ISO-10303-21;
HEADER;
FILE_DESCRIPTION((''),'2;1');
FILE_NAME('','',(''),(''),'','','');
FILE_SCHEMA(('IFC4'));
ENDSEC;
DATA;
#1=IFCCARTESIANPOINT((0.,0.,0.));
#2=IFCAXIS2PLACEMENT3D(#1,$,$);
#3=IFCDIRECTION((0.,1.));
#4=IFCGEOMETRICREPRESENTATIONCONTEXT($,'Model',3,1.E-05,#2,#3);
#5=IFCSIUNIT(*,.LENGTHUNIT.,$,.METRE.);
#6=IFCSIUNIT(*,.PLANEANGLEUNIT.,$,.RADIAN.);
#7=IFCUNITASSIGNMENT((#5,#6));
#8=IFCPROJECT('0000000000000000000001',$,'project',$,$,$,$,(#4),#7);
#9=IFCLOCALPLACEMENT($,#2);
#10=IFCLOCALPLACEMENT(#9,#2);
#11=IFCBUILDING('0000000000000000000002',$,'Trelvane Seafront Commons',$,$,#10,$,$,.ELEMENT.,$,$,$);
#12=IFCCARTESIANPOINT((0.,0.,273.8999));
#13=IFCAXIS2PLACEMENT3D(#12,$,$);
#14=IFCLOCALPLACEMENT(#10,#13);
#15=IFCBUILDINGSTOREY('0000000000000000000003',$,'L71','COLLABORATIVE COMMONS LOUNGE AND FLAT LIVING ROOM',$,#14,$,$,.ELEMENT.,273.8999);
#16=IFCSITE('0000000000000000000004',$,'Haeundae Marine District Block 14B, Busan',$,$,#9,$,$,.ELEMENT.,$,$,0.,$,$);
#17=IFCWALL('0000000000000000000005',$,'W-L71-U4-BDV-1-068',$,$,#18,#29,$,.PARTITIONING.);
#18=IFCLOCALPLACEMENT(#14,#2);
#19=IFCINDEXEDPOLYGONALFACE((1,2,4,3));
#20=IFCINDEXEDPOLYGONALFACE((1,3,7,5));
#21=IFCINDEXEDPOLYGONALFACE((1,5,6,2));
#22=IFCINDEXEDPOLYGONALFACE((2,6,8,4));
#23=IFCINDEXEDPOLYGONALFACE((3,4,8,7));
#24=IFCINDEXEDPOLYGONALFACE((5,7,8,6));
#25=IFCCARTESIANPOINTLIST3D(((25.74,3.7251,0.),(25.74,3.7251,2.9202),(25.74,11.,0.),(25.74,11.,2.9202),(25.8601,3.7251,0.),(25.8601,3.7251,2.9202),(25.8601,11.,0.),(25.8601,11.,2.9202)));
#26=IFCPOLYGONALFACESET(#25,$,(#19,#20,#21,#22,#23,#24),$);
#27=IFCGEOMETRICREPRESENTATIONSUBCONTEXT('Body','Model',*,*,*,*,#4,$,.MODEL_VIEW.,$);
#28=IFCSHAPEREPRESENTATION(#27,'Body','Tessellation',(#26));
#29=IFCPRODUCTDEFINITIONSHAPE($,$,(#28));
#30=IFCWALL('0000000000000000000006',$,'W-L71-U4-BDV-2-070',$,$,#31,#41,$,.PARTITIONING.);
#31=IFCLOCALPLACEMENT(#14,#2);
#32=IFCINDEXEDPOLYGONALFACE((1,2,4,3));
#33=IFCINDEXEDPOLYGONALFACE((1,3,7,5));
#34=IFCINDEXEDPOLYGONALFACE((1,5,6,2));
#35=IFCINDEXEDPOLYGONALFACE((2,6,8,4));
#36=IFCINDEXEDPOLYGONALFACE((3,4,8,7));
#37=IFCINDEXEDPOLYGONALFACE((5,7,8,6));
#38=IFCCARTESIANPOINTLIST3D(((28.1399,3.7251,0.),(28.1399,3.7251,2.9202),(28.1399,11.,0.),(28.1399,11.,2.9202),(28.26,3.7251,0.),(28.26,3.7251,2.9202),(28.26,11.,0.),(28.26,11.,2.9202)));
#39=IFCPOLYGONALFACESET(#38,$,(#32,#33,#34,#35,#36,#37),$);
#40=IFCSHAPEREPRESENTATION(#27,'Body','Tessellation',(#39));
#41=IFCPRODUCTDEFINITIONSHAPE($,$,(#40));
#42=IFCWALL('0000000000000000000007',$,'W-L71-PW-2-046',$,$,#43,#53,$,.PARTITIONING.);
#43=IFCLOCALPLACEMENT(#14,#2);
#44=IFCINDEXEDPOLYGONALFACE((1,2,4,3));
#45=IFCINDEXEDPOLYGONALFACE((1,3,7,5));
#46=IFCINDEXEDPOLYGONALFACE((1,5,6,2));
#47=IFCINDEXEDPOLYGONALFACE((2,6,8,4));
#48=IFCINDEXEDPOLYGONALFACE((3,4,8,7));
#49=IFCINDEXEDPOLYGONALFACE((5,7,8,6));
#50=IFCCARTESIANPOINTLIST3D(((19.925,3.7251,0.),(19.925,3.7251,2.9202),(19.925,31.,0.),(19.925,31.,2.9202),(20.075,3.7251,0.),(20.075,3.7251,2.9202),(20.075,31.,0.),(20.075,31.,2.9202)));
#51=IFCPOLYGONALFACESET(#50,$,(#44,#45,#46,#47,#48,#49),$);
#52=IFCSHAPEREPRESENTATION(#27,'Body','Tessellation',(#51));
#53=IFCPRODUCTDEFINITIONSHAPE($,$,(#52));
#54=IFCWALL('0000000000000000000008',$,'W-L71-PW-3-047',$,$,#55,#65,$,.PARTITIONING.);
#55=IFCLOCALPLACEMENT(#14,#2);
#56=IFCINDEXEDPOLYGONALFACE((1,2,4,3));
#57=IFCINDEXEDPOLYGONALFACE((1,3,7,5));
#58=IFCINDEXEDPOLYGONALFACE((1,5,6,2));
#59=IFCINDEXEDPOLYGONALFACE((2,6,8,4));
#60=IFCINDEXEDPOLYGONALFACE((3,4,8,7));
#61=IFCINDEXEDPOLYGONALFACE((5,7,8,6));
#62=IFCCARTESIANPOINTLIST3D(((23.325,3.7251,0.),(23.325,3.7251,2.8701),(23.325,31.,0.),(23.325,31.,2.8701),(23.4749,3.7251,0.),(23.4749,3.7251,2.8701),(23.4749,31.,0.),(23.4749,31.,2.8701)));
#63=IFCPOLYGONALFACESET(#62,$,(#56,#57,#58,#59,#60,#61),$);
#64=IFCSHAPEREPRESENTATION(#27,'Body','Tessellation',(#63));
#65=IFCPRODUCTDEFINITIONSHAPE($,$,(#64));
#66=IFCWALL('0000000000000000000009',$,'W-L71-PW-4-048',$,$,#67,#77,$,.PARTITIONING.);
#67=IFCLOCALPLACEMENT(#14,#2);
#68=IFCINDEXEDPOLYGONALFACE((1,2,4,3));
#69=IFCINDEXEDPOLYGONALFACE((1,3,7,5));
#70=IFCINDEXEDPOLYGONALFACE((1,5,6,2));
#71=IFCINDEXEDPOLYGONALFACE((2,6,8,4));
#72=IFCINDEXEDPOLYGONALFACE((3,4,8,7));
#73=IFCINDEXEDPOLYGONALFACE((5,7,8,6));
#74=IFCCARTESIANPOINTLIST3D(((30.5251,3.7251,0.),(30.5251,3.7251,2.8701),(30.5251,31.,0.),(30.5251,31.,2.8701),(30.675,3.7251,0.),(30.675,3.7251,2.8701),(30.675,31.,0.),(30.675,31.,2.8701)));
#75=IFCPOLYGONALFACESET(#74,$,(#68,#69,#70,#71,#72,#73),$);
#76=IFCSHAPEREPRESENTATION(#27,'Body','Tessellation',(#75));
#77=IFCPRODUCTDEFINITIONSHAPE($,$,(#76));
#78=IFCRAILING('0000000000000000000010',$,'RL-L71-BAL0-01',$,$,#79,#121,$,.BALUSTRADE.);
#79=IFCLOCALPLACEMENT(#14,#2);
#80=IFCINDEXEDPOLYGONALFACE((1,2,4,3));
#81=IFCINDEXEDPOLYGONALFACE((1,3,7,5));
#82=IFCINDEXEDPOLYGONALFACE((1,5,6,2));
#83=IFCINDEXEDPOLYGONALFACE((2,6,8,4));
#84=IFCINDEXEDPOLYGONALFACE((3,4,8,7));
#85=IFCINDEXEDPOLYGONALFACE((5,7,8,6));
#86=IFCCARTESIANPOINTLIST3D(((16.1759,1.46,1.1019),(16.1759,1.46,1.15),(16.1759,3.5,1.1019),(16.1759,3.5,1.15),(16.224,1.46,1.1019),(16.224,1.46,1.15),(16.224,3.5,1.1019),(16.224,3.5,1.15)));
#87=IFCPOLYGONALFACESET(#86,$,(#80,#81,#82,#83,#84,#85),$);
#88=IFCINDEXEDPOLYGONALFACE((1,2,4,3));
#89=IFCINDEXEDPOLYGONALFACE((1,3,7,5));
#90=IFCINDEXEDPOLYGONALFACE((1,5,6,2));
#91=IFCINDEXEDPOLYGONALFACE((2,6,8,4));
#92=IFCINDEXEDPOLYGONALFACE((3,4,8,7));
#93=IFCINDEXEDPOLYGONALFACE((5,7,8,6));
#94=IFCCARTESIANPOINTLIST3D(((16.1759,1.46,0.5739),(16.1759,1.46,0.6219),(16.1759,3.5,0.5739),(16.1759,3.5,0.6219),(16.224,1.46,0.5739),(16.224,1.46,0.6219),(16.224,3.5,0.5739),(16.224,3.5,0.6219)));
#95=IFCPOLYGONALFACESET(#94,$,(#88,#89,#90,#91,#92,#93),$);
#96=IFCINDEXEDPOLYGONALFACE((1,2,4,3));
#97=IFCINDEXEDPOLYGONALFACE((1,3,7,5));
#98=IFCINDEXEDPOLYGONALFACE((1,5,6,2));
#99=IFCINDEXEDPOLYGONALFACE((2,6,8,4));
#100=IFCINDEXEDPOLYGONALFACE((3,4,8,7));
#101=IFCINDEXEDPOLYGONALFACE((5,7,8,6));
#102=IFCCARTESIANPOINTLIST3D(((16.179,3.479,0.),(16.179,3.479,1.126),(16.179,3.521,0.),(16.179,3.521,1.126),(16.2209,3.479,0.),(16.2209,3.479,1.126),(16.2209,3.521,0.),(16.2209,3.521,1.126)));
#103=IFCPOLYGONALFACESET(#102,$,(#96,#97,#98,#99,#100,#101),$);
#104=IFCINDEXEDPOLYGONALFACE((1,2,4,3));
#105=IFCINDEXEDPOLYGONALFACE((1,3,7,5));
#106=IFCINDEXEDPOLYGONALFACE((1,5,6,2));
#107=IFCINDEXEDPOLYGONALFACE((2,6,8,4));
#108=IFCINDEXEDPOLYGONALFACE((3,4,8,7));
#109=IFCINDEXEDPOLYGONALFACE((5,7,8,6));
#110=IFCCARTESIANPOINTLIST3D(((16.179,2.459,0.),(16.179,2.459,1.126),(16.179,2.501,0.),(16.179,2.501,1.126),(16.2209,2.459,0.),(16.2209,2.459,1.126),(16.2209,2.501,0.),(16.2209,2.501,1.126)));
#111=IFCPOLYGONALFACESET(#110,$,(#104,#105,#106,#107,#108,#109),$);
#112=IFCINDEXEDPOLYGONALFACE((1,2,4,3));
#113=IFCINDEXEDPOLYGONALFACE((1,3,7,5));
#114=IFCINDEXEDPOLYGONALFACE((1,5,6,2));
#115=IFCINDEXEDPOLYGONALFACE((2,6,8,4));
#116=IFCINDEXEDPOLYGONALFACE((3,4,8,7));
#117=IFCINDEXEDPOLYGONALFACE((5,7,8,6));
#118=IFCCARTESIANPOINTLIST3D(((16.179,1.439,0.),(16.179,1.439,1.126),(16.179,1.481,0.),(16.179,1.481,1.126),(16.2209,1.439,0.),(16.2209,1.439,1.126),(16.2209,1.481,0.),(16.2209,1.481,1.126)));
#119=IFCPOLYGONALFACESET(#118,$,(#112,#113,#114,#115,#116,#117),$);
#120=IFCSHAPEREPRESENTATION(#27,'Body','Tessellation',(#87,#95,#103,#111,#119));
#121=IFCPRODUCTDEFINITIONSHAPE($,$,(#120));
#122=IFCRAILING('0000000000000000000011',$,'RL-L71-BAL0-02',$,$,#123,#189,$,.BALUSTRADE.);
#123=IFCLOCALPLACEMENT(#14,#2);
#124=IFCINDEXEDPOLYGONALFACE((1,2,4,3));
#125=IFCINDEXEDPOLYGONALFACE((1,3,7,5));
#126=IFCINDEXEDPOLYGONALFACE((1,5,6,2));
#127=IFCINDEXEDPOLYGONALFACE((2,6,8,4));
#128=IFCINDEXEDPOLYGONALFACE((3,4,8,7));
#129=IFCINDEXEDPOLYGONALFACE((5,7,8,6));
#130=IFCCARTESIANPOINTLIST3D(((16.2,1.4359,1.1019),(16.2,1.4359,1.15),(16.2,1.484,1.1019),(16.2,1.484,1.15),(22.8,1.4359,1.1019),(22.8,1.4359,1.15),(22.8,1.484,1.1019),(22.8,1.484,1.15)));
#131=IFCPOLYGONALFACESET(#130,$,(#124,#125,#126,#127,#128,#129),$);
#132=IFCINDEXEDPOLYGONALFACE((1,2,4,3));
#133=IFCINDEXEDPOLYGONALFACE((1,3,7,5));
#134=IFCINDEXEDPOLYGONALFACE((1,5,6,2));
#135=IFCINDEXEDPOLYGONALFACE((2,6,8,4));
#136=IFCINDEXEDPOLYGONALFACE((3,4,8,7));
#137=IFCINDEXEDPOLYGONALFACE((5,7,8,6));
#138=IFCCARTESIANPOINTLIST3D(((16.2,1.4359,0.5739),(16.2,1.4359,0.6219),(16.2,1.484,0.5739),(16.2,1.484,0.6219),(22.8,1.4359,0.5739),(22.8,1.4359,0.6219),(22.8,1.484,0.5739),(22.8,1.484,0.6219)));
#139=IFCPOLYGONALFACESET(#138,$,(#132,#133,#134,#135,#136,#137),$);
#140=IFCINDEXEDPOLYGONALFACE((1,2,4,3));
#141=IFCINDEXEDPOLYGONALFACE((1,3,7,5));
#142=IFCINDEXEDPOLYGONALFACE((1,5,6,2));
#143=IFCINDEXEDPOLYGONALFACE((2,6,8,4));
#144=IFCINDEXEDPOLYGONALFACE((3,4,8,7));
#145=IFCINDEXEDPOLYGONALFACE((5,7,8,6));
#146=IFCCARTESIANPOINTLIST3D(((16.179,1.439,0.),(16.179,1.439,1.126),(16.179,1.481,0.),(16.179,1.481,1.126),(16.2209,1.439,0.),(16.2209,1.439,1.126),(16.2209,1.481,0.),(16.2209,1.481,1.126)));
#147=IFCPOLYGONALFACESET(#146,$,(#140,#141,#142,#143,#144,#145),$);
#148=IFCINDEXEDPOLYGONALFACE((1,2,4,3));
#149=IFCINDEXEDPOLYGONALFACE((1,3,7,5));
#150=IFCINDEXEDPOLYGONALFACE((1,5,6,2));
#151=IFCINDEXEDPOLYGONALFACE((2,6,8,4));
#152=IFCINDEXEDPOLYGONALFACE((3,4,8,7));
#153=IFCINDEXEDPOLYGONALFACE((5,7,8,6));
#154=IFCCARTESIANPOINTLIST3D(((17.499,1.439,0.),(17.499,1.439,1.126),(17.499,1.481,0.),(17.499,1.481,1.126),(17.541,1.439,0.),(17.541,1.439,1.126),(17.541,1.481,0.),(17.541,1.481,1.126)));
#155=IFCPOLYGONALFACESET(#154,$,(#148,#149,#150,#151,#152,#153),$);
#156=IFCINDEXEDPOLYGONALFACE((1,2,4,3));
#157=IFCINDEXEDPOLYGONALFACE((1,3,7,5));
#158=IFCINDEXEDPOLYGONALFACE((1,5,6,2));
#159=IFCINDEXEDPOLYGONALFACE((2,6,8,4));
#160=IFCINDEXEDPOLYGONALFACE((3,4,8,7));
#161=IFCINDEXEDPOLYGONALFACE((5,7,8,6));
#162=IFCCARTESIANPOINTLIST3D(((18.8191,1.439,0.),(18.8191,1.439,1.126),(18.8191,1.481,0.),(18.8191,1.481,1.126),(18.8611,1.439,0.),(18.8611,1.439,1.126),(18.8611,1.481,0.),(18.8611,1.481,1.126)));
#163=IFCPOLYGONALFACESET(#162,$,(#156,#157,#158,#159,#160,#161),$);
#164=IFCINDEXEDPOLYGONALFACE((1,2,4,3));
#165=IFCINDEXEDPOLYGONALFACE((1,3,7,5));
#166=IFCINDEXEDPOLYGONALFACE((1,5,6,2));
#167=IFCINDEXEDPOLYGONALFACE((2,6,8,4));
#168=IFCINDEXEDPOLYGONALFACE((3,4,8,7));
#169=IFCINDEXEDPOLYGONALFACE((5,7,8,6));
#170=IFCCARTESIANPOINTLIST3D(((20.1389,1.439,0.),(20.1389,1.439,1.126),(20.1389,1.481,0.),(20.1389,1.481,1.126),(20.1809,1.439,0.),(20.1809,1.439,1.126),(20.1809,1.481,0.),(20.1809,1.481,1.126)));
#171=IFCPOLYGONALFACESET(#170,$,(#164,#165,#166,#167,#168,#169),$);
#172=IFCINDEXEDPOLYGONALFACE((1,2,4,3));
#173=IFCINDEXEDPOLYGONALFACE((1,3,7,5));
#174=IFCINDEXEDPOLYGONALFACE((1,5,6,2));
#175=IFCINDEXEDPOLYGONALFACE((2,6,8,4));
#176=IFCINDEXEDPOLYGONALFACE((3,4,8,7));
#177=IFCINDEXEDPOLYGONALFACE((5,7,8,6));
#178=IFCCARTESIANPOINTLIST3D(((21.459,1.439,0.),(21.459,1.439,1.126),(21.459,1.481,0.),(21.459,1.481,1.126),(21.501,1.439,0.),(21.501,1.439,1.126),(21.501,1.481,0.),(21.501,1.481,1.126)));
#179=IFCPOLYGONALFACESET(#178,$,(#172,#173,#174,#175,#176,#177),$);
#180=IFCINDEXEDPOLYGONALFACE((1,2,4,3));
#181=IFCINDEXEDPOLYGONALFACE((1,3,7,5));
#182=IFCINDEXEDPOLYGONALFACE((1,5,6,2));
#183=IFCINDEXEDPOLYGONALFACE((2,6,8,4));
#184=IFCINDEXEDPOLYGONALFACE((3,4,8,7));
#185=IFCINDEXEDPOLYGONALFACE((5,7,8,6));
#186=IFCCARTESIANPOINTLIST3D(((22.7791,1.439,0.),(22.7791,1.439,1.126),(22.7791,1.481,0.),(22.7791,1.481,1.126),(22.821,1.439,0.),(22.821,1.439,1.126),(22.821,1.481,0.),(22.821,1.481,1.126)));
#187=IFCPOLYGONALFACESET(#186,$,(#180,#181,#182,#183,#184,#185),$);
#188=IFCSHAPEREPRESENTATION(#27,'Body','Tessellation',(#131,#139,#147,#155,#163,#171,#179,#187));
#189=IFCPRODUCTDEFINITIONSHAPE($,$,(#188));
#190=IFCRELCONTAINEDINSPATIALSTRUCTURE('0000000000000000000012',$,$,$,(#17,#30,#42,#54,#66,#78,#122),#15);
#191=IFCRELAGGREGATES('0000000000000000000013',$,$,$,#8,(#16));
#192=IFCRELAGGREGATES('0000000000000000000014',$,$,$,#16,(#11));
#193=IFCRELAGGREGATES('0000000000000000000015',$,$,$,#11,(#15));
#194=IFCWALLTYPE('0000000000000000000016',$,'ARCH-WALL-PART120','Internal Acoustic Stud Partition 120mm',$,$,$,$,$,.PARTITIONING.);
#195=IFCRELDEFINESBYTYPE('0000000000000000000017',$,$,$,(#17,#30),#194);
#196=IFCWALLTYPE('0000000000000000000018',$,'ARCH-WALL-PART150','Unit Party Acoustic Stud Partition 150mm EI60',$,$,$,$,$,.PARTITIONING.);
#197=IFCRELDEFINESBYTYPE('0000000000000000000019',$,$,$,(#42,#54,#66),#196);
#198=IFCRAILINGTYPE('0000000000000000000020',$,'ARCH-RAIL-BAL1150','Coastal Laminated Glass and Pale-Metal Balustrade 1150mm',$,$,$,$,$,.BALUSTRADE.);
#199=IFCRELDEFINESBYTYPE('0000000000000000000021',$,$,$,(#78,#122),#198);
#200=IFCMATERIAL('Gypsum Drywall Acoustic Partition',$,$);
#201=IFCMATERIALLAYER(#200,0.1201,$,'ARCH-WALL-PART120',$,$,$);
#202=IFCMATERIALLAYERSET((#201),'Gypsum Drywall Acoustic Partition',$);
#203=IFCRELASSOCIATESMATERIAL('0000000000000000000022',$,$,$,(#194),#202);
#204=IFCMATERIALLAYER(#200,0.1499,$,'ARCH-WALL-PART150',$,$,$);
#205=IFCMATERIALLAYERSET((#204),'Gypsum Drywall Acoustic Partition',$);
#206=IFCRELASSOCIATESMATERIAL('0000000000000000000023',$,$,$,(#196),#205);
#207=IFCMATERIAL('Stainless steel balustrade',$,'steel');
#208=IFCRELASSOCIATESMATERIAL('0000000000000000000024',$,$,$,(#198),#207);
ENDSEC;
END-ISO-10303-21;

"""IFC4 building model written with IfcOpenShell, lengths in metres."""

from ifc_helpers import new_model, si_unit, direction, frame, frame_2d, origin, origin_2d, place, context, subcontext, project, spatial, rectangle, extrude, material, layer, layer_set, type_object, element, save


model = new_model("IFC4")

# Units and contexts
model_context = context("Model", 3, precision=1e-05, world=origin(), true_north=direction((0.0, 1.0)))
body_context = subcontext(model_context, "Body", "Model", "MODEL_VIEW")
ifc_project = project(units=[si_unit("LENGTHUNIT", "METRE"), si_unit("PLANEANGLEUNIT", "RADIAN")], contexts=[model_context])

# Site, building, storey
site_placement = place(None, origin())
site = spatial("IfcSite", under=ifc_project, at=site_placement, Name="Haeundae Marine District Block 14B, Busan", CompositionType="ELEMENT", RefElevation=0.0)
building_placement = place(site_placement, origin())
building = spatial("IfcBuilding", under=site, at=building_placement, Name="Trelvane Seafront Commons", CompositionType="ELEMENT")
storey_placement = place(building_placement, frame((0.0, 0.0, 273.8999)))
storey = spatial("IfcBuildingStorey", under=building, at=storey_placement, Name="L71", Description="COLLABORATIVE COMMONS LOUNGE AND FLAT LIVING ROOM", CompositionType="ELEMENT", Elevation=273.8999)

# Shared definitions
ifc_material_1 = material(Name="Gypsum Drywall Acoustic Partition")
ifc_layer_1 = layer(ifc_material_1, 0.1201, Name="ARCH-WALL-PART120")
ifc_layer_set_1 = layer_set([ifc_layer_1], Name="Gypsum Drywall Acoustic Partition")
wall_type_1 = type_object("IfcWallType", Name="ARCH-WALL-PART120", Description="Internal Acoustic Stud Partition 120mm", PredefinedType="PARTITIONING", material=ifc_layer_set_1)

# Wall
wall_1_placement = place(storey_placement, frame((25.8, 3.7251, 0.0), z_axis=(0.0, 0.0, 1.0), x_axis=(0.0, 1.0, 0.0)))
element("IfcWall", 1, at=wall_1_placement, inside=storey, type_object=wall_type_1, Name="W-L71-U4-BDV-1-068", PredefinedType="PARTITIONING", context=body_context, shape_type="SweptSolid", body=[
    extrude(rectangle(XDim=7.2749, YDim=0.1201, at=frame_2d((3.6375, 0.0))), origin(), (0.0, 0.0, 1.0), 2.9202),
])

# Walls
wall_2_placement = place(storey_placement, frame((28.2, 3.7251, 0.0), z_axis=(0.0, 0.0, 1.0), x_axis=(0.0, 1.0, 0.0)))
element("IfcWall", 2, at=wall_2_placement, inside=storey, type_object=wall_type_1, Name="W-L71-U4-BDV-2-070", PredefinedType="PARTITIONING", context=body_context, shape_type="SweptSolid", body=[
    extrude(rectangle(XDim=7.2749, YDim=0.1201, at=frame_2d((3.6375, 0.0))), origin(), (0.0, 0.0, 1.0), 2.9202),
])
ifc_layer_2 = layer(ifc_material_1, 0.1499, Name="ARCH-WALL-PART150")
ifc_layer_set_2 = layer_set([ifc_layer_2], Name="Gypsum Drywall Acoustic Partition")
wall_type_2 = type_object("IfcWallType", Name="ARCH-WALL-PART150", Description="Unit Party Acoustic Stud Partition 150mm EI60", PredefinedType="PARTITIONING", material=ifc_layer_set_2)
wall_3_placement = place(storey_placement, frame((20.0, 3.7251, 0.0), z_axis=(0.0, 0.0, 1.0), x_axis=(0.0, 1.0, 0.0)))
element("IfcWall", 3, at=wall_3_placement, inside=storey, type_object=wall_type_2, Name="W-L71-PW-2-046", PredefinedType="PARTITIONING", context=body_context, shape_type="SweptSolid", body=[
    extrude(rectangle(XDim=27.2749, YDim=0.1499, at=frame_2d((13.6375, 0.0))), origin(), (0.0, 0.0, 1.0), 2.9202),
])
for number, where, z_axis, x_axis, name in (
    (4, (23.3999, 3.7251, 0.0), (0.0, 0.0, 1.0), (0.0, 1.0, 0.0), "W-L71-PW-3-047"),
    (5, (30.6001, 3.7251, 0.0), (0.0, 0.0, 1.0), (0.0, 1.0, 0.0), "W-L71-PW-4-048"),
):
    element("IfcWall", number, at=place(storey_placement, frame(where, z_axis=z_axis, x_axis=x_axis)), inside=storey, type_object=wall_type_2, Name=name, PredefinedType="PARTITIONING", context=body_context, shape_type="SweptSolid", body=[
        extrude(rectangle(XDim=27.2749, YDim=0.1499, at=frame_2d((13.6375, 0.0))), origin(), (0.0, 0.0, 1.0), 2.8701),
    ])

# Railings
ifc_material_2 = material(Name="Stainless steel balustrade", Category="steel")
railing_type = type_object("IfcRailingType", Name="ARCH-RAIL-BAL1150", Description="Coastal Laminated Glass and Pale-Metal Balustrade 1150mm", PredefinedType="BALUSTRADE", material=ifc_material_2)
railing_1_placement = place(storey_placement, frame((16.2, 3.5, 0.0)))
element("IfcRailing", 6, at=railing_1_placement, inside=storey, type_object=railing_type, Name="RL-L71-BAL0-01", PredefinedType="BALUSTRADE", context=body_context, shape_type="SweptSolid", body=[
    extrude(rectangle(XDim=0.0481, YDim=0.0481, at=origin_2d()), frame((0.0, 0.0, 1.126), z_axis=(0.0, -1.0, 0.0), x_axis=(1.0, 0.0, 0.0)), (0.0, 0.0, 1.0), 2.04),
    extrude(rectangle(XDim=0.0481, YDim=0.0481, at=origin_2d()), frame((0.0, 0.0, 0.5979), z_axis=(0.0, -1.0, 0.0), x_axis=(1.0, 0.0, 0.0)), (0.0, 0.0, 1.0), 2.04),
    extrude(rectangle(XDim=0.042, YDim=0.042, at=origin_2d()), origin(), (0.0, 0.0, 1.0), 1.126),
    extrude(rectangle(XDim=0.042, YDim=0.042, at=origin_2d()), frame((0.0, -1.02, 0.0)), (0.0, 0.0, 1.0), 1.126),
    extrude(rectangle(XDim=0.042, YDim=0.042, at=origin_2d()), frame((0.0, -2.04, 0.0)), (0.0, 0.0, 1.0), 1.126),
])
railing_2_placement = place(storey_placement, frame((16.2, 1.46, 0.0)))
element("IfcRailing", 7, at=railing_2_placement, inside=storey, type_object=railing_type, Name="RL-L71-BAL0-02", PredefinedType="BALUSTRADE", context=body_context, shape_type="SweptSolid", body=[
    extrude(rectangle(XDim=0.0481, YDim=0.0481, at=origin_2d()), frame((0.0, 0.0, 1.126), z_axis=(1.0, 0.0, 0.0), x_axis=(0.0, 1.0, 0.0)), (0.0, 0.0, 1.0), 6.6001),
    extrude(rectangle(XDim=0.0481, YDim=0.0481, at=origin_2d()), frame((0.0, 0.0, 0.5979), z_axis=(1.0, 0.0, 0.0), x_axis=(0.0, 1.0, 0.0)), (0.0, 0.0, 1.0), 6.6001),
    extrude(rectangle(XDim=0.042, YDim=0.042, at=origin_2d()), origin(), (0.0, 0.0, 1.0), 1.126),
    extrude(rectangle(XDim=0.042, YDim=0.042, at=origin_2d()), frame((1.3201, 0.0, 0.0)), (0.0, 0.0, 1.0), 1.126),
    extrude(rectangle(XDim=0.042, YDim=0.042, at=origin_2d()), frame((2.6401, 0.0, 0.0)), (0.0, 0.0, 1.0), 1.126),
    extrude(rectangle(XDim=0.042, YDim=0.042, at=origin_2d()), frame((3.96, 0.0, 0.0)), (0.0, 0.0, 1.0), 1.126),
    extrude(rectangle(XDim=0.042, YDim=0.042, at=origin_2d()), frame((5.28, 0.0, 0.0)), (0.0, 0.0, 1.0), 1.126),
    extrude(rectangle(XDim=0.042, YDim=0.042, at=origin_2d()), frame((6.6001, 0.0, 0.0)), (0.0, 0.0, 1.0), 1.126),
])

save(model, "model.ifc")
